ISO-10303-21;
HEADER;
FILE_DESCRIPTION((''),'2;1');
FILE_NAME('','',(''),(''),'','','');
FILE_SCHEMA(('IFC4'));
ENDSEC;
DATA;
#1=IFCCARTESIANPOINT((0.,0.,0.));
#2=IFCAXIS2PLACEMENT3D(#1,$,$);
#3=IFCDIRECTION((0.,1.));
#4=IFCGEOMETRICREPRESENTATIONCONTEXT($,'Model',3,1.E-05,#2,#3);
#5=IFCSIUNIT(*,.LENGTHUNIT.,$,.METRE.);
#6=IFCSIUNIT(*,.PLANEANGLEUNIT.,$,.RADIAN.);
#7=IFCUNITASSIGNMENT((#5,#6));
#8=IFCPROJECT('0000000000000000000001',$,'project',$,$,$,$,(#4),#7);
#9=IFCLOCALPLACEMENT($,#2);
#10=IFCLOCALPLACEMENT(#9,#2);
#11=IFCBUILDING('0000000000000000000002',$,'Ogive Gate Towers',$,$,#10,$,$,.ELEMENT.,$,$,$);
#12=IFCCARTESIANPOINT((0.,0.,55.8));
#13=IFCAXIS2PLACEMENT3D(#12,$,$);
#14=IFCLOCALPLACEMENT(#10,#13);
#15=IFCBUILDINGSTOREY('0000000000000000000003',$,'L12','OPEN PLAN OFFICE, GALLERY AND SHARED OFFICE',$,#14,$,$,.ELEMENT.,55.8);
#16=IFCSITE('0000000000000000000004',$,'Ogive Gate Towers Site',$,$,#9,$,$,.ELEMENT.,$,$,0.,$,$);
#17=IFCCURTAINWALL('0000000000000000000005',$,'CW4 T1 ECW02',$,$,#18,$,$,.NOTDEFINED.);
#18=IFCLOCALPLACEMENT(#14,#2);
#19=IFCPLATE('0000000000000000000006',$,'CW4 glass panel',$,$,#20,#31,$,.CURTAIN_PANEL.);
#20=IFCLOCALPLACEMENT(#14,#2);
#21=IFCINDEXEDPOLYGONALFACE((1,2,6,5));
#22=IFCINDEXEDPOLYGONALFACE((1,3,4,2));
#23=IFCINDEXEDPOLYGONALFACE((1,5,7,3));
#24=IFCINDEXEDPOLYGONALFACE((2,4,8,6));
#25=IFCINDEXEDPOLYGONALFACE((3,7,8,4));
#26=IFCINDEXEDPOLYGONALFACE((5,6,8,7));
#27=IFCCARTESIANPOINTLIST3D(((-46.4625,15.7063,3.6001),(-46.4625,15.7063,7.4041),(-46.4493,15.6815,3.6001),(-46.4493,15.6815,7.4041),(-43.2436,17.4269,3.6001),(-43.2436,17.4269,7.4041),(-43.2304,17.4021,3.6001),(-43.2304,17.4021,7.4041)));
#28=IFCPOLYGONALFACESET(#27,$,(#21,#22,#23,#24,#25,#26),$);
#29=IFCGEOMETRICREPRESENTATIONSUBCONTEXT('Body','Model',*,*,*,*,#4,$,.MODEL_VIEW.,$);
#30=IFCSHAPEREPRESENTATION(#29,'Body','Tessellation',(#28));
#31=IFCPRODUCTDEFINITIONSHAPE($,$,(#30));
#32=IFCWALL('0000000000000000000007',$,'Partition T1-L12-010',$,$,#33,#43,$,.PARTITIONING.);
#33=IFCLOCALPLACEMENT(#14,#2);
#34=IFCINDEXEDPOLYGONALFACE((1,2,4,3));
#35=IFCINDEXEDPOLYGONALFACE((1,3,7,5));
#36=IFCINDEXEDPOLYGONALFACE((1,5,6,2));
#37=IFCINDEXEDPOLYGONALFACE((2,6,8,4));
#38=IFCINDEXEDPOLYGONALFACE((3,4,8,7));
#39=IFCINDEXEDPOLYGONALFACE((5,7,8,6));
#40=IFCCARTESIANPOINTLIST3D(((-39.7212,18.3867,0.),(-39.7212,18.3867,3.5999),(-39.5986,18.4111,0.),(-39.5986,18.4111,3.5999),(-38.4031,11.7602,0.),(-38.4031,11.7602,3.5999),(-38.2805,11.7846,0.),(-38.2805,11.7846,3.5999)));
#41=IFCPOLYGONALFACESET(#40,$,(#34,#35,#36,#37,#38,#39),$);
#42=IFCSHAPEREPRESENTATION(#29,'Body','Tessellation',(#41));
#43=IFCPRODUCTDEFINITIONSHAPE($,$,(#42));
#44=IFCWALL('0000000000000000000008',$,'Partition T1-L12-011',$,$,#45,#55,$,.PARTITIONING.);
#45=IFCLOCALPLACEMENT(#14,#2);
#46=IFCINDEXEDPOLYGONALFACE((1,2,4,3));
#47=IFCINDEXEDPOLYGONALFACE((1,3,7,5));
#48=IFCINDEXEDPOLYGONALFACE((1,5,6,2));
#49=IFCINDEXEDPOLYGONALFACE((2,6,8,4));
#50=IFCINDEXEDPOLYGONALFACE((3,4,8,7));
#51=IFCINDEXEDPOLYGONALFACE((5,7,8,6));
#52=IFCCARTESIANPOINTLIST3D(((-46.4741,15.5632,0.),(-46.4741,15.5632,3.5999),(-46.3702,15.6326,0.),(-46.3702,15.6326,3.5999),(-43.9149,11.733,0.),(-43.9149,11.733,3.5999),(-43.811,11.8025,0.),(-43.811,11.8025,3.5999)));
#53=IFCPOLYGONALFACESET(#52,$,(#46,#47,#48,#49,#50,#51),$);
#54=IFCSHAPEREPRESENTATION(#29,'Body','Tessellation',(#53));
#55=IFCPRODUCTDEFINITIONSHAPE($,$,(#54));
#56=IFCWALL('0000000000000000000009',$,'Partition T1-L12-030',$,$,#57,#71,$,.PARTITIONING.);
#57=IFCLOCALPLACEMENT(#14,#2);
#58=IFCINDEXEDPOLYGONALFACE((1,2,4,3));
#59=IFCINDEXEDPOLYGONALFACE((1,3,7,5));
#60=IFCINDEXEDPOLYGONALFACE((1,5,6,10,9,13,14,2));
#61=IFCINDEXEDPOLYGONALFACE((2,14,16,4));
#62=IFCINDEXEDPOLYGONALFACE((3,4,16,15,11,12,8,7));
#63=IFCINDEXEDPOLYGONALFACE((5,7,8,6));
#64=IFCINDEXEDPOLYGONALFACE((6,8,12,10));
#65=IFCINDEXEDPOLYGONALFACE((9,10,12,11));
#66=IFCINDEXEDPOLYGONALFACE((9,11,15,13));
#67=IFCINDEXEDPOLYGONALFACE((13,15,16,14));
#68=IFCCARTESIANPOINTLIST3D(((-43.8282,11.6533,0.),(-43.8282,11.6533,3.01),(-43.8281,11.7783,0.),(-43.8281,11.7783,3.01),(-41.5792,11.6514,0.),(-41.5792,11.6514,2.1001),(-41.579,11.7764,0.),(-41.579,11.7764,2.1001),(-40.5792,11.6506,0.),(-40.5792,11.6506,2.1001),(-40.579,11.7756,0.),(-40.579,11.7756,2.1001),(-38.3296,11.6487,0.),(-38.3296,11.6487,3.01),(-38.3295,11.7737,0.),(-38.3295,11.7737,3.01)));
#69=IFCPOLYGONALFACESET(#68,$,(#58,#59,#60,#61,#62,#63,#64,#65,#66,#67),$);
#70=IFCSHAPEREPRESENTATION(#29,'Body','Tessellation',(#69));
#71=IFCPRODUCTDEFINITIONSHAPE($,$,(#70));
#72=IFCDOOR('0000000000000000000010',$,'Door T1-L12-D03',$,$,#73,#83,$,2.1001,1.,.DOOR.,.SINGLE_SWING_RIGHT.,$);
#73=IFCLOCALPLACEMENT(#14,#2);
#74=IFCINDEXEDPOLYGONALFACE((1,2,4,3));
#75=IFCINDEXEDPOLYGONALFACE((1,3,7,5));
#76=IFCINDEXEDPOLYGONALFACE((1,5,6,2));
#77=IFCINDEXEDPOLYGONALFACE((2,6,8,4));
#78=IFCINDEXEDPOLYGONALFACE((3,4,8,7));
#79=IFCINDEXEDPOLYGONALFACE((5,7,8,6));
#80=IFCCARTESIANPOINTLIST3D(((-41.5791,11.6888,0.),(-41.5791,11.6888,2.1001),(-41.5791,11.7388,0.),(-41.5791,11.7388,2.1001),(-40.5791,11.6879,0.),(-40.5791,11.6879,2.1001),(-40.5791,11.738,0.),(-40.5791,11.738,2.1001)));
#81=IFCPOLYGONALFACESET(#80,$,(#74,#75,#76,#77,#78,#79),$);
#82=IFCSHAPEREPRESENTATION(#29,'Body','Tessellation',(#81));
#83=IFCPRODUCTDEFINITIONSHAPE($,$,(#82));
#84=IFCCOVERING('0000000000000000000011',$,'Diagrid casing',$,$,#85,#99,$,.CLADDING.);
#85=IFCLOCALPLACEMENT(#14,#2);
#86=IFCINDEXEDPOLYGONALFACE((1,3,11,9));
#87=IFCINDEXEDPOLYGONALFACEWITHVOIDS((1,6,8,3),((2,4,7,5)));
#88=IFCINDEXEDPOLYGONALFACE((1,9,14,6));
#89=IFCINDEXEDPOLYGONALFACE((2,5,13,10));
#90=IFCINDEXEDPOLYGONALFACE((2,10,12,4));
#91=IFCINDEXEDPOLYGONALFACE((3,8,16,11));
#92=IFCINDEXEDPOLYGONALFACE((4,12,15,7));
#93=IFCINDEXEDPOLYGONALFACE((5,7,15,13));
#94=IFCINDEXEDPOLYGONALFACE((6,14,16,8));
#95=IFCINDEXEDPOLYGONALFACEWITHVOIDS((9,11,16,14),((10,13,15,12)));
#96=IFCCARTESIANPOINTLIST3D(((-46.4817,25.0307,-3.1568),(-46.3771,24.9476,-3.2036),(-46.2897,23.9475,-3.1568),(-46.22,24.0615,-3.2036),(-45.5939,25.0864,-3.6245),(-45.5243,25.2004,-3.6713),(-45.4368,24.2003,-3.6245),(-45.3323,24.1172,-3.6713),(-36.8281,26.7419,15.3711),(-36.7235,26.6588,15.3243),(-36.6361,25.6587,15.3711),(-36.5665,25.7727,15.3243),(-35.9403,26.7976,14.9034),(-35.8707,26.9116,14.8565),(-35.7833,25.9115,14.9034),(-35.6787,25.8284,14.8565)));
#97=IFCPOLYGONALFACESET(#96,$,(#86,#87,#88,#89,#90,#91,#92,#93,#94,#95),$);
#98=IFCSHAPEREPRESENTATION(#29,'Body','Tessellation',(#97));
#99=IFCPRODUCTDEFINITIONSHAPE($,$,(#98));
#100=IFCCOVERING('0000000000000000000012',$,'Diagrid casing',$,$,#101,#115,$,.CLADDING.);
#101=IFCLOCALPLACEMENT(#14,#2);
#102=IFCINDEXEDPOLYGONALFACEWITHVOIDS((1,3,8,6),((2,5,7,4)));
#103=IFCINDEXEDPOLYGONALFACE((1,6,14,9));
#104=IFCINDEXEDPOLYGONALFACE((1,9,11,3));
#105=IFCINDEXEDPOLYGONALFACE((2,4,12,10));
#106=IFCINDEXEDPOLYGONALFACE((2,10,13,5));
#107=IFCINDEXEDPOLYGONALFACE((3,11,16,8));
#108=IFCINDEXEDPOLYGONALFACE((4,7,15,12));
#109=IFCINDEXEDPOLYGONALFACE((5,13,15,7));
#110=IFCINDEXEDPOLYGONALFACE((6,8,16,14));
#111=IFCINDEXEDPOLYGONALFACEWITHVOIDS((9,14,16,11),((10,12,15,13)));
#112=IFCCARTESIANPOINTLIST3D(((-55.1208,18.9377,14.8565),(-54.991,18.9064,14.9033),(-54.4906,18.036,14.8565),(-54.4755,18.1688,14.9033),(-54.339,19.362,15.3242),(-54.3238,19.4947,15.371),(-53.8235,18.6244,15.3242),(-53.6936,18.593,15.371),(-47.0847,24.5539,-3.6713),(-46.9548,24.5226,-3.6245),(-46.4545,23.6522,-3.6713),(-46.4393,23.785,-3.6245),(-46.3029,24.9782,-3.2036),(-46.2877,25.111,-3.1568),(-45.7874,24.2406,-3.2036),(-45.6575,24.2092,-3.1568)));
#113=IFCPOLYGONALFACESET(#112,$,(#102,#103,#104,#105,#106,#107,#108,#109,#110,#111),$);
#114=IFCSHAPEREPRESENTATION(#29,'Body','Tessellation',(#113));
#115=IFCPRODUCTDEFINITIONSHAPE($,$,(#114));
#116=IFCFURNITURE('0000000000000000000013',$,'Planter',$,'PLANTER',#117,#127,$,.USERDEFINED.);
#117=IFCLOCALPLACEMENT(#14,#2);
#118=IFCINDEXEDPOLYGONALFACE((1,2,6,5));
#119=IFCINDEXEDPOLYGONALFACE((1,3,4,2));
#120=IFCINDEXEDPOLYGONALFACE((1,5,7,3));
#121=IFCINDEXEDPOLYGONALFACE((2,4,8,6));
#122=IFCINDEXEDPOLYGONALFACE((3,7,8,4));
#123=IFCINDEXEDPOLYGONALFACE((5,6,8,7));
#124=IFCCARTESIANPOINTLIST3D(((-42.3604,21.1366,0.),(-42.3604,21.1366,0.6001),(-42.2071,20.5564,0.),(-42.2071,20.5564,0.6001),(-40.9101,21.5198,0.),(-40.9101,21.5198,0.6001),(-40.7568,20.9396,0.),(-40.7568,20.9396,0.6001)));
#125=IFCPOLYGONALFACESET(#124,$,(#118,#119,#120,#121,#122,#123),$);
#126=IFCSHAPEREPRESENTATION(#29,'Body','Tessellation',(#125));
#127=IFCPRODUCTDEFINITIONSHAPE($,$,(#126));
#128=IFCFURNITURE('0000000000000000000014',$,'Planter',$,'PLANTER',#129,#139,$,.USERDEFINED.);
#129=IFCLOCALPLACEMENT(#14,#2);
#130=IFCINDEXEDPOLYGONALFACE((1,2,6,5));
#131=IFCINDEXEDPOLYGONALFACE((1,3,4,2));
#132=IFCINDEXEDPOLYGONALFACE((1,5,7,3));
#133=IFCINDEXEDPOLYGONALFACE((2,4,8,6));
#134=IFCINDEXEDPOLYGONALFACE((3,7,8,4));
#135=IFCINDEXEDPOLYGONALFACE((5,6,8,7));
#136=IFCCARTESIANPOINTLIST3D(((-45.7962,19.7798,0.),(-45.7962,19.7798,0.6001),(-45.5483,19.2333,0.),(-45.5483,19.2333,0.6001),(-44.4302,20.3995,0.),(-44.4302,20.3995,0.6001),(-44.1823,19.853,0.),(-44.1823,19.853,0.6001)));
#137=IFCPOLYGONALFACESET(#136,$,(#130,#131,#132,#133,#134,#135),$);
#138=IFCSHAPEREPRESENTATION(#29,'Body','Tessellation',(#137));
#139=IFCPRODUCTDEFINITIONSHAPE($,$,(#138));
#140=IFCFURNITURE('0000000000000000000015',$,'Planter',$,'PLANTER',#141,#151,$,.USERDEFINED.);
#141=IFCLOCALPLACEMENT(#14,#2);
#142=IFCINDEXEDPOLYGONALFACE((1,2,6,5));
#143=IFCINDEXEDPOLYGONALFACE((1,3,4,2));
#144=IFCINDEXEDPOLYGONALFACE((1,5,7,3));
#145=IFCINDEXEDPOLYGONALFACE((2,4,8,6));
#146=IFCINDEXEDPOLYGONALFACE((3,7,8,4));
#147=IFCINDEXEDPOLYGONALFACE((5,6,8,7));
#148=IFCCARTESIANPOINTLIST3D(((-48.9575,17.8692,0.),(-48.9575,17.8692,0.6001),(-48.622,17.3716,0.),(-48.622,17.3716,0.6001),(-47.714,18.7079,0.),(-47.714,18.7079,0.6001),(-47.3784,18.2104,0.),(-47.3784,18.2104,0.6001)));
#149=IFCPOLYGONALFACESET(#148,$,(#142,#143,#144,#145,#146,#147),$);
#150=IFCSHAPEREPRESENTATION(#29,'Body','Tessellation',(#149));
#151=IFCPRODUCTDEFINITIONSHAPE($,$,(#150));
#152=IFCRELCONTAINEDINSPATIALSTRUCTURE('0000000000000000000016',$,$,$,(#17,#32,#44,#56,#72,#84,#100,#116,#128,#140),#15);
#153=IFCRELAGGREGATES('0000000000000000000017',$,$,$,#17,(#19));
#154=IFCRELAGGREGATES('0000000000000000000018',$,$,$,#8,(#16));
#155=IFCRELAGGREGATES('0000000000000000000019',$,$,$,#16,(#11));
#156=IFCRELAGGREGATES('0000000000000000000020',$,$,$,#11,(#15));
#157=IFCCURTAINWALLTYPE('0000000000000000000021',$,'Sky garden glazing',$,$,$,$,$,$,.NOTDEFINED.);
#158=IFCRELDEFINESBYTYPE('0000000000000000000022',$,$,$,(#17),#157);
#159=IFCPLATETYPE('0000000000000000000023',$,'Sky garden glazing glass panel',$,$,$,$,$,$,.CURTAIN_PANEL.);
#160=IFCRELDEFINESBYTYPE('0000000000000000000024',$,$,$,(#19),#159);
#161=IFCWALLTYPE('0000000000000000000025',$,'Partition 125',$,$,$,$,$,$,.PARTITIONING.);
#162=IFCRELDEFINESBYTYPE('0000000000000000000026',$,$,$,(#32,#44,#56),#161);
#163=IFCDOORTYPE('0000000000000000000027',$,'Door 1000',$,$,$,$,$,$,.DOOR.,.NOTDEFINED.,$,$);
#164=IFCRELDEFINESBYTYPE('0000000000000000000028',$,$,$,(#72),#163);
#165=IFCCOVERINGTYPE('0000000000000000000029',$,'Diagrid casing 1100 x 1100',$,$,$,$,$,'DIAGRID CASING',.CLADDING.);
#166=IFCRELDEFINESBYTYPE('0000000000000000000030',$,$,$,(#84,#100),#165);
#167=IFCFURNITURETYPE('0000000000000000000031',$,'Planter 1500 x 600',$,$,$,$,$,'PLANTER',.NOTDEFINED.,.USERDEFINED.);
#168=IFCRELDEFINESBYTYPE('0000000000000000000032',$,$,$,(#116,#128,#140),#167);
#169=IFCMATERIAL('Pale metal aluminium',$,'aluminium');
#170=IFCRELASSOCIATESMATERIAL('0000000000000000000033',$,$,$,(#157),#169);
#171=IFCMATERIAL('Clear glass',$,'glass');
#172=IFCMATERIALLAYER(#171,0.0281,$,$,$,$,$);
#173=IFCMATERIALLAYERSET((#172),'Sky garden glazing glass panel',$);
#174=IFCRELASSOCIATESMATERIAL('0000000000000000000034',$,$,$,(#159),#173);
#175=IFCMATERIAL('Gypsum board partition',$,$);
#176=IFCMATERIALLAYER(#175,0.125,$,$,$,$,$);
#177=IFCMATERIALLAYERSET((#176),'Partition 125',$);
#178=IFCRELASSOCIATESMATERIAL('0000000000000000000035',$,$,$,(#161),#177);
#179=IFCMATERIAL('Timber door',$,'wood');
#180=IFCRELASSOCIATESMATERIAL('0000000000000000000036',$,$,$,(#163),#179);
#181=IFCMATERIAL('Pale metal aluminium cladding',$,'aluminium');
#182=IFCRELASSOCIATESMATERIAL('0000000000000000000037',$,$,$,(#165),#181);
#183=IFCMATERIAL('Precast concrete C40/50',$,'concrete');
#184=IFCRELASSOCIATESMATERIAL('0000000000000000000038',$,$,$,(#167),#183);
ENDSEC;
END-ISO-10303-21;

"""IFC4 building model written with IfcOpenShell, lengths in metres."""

from ifc_helpers import new_model, si_unit, direction, frame, frame_2d, origin, origin_2d, place, context, subcontext, project, spatial, rectangle, hollow_rectangle, extrude, material, layer, layer_set, material_profile, profile_set, type_object, element, fill, aggregate, save


model = new_model("IFC4")

# Units and contexts
model_context = context("Model", 3, precision=1e-05, world=origin(), true_north=direction((0.0, 1.0)))
body_context = subcontext(model_context, "Body", "Model", "MODEL_VIEW")
ifc_project = project(units=[si_unit("LENGTHUNIT", "METRE"), si_unit("PLANEANGLEUNIT", "RADIAN")], contexts=[model_context])

# Site, building, storey
site_placement = place(None, origin())
site = spatial("IfcSite", under=ifc_project, at=site_placement, Name="Ogive Gate Towers Site", CompositionType="ELEMENT", RefElevation=0.0)
building_placement = place(site_placement, origin())
building = spatial("IfcBuilding", under=site, at=building_placement, Name="Ogive Gate Towers", CompositionType="ELEMENT")
storey_placement = place(building_placement, frame((0.0, 0.0, 55.8)))
storey = spatial("IfcBuildingStorey", under=building, at=storey_placement, Name="L12", Description="OPEN PLAN OFFICE, GALLERY AND SHARED OFFICE", CompositionType="ELEMENT", Elevation=55.8)

# Curtain wall
ifc_material_1 = material(Name="Pale metal aluminium", Category="aluminium")
curtain_wall_type = type_object("IfcCurtainWallType", Name="Sky garden glazing", PredefinedType="NOTDEFINED", material=ifc_material_1)
curtain_wall_1_placement = place(storey_placement, origin())
curtain_wall_1 = element("IfcCurtainWall", 1, at=curtain_wall_1_placement, inside=storey, type_object=curtain_wall_type, Name="CW4 T1 ECW02", PredefinedType="NOTDEFINED")

# Plate
ifc_material_2 = material(Name="Clear glass", Category="glass")
ifc_layer_1 = layer(ifc_material_2, 0.0281)
ifc_layer_set_1 = layer_set([ifc_layer_1], Name="Sky garden glazing glass panel")
plate_type = type_object("IfcPlateType", Name="Sky garden glazing glass panel", PredefinedType="CURTAIN_PANEL", material=ifc_layer_set_1)
plate_1_placement = place(storey_placement, frame((-44.8464, 16.5542, 3.6001), z_axis=(0.0, 0.0, 1.0), x_axis=(0.881921, 0.471397, 0.0)))
plate_1 = element("IfcPlate", 2, at=plate_1_placement, type_object=plate_type, Name="CW4 glass panel", PredefinedType="CURTAIN_PANEL", context=body_context, shape_type="SweptSolid", body=[
    extrude(rectangle(XDim=3.6499, YDim=0.0281, at=origin_2d()), origin(), (0.0, 0.0, 1.0), 3.804),
])
aggregate(curtain_wall_1, [plate_1])

# Walls
ifc_material_3 = material(Name="Gypsum board partition")
ifc_layer_2 = layer(ifc_material_3, 0.125)
ifc_layer_set_2 = layer_set([ifc_layer_2], Name="Partition 125")
wall_type_1 = type_object("IfcWallType", Name="Partition 125", PredefinedType="PARTITIONING", material=ifc_layer_set_2)
wall_1_placement = place(storey_placement, frame((-39.6599, 18.3989, 0.0), z_axis=(0.0, 0.0, 1.0), x_axis=(0.195095, -0.980784, 0.0)))
element("IfcWall", 3, at=wall_1_placement, inside=storey, type_object=wall_type_1, Name="Partition T1-L12-010", PredefinedType="PARTITIONING", context=body_context, shape_type="SweptSolid", body=[
    extrude(rectangle(XDim=6.7563, YDim=0.125, at=frame_2d((3.3782, 0.0))), origin(), (0.0, 0.0, 1.0), 3.5999),
])
wall_2_placement = place(storey_placement, frame((-46.4221, 15.5979, 0.0), z_axis=(0.0, 0.0, 1.0), x_axis=(0.555556, -0.831479, 0.0)))
element("IfcWall", 4, at=wall_2_placement, inside=storey, type_object=wall_type_1, Name="Partition T1-L12-011", PredefinedType="PARTITIONING", context=body_context, shape_type="SweptSolid", body=[
    extrude(rectangle(XDim=4.6064, YDim=0.125, at=frame_2d((2.3032, 0.0))), origin(), (0.0, 0.0, 1.0), 3.5999),
])

# Wall, opening, door
wall_3_placement = place(storey_placement, frame((-43.8281, 11.7158, 0.0), z_axis=(0.0, 0.0, 1.0), x_axis=(1.0, -0.000844, 0.0)))
wall_3 = element("IfcWall", 5, at=wall_3_placement, inside=storey, type_object=wall_type_1, Name="Partition T1-L12-030", PredefinedType="PARTITIONING", context=body_context, shape_type="SweptSolid", body=[
    extrude(rectangle(XDim=5.4985, YDim=0.125, at=frame_2d((2.7493, 0.0))), origin(), (0.0, 0.0, 1.0), 3.01),
])
opening_1_placement = place(wall_3_placement, frame((2.249, 0.0, 0.0)))
opening_1 = element("IfcOpeningElement", 6, at=opening_1_placement, cuts=wall_3, PredefinedType="OPENING", context=body_context, shape_type="SweptSolid", body=[
    extrude(rectangle(XDim=1.0, YDim=2.1001, at=frame_2d((0.5, 1.05))), frame((0.0, 0.0725, 0.0), z_axis=(0.0, -1.0, 0.0), x_axis=(1.0, 0.0, 0.0)), (0.0, 0.0, 1.0), 0.145),
])
ifc_material_4 = material(Name="Timber door", Category="wood")
door_type_1 = type_object("IfcDoorType", Name="Door 1000", OperationType="NOTDEFINED", PredefinedType="DOOR", material=ifc_material_4)
door_1_placement = place(opening_1_placement, origin())
door_1 = element("IfcDoor", 7, at=door_1_placement, inside=storey, type_object=door_type_1, Name="Door T1-L12-D03", OperationType="SINGLE_SWING_RIGHT", OverallHeight=2.1001, OverallWidth=1.0, PredefinedType="DOOR", context=body_context, shape_type="SweptSolid", body=[
    extrude(rectangle(XDim=1.0, YDim=2.1001, at=frame_2d((0.5, 1.05))), frame((0.0, 0.0249, 0.0), z_axis=(0.0, -1.0, 0.0), x_axis=(1.0, 0.0, 0.0)), (0.0, 0.0, 1.0), 0.05),
])
fill(opening_1, door_1)

# Coverings
ifc_material_5 = material(Name="Pale metal aluminium cladding", Category="aluminium")
ifc_material_profile_1 = material_profile(ifc_material_5, hollow_rectangle(XDim=1.1001, YDim=1.1001, WallThickness=0.1001, at=origin_2d()), Name="1100 x 1100 pale metal casing")
ifc_profile_set_1 = profile_set([ifc_material_profile_1], Name="Pale metal aluminium cladding")
covering_type = type_object("IfcCoveringType", Name="Diagrid casing 1100 x 1100", ElementType="DIAGRID CASING", PredefinedType="CLADDING", material=ifc_profile_set_1)
for number, where, z_axis, x_axis, name in (
    (8, (-45.907, 24.574, -3.4141), (0.46053, 0.081633, 0.883883), (-0.174538, 0.98465, 0.0), "Diagrid casing"),
    (9, (-46.3711, 24.3816, -3.4141), (-0.383368, -0.267925, 0.883881), (0.57284, -0.819667, 0.0), "Diagrid casing"),
):
    element("IfcCovering", number, at=place(storey_placement, frame(where, z_axis=z_axis, x_axis=x_axis)), inside=storey, type_object=covering_type, Name=name, PredefinedType="CLADDING", context=body_context, shape_type="SweptSolid", body=[
        extrude(hollow_rectangle(XDim=1.1001, YDim=1.1001, WallThickness=0.1001, at=origin_2d()), origin(), (0.0, 0.0, 1.0), 20.9619),
    ])

# Furniture
ifc_material_6 = material(Name="Precast concrete C40/50", Category="concrete")
furniture_type = type_object("IfcFurnitureType", Name="Planter 1500 x 600", ElementType="PLANTER", AssemblyPlace="NOTDEFINED", PredefinedType="USERDEFINED", material=ifc_material_6)
for number, where, z_axis, x_axis, name in (
    (10, (-41.5586, 21.0381, 0.0), (0.0, 0.0, 1.0), (-0.966823, -0.255446, 0.0), "Planter"),
    (11, (-44.9893, 19.8164, 0.0), (0.0, 0.0, 1.0), (-0.910684, -0.413104, 0.0), "Planter"),
    (12, (-48.168, 18.0398, 0.0), (0.0, 0.0, 1.0), (-0.829038, -0.559193, 0.0), "Planter"),
):
    element("IfcFurniture", number, at=place(storey_placement, frame(where, z_axis=z_axis, x_axis=x_axis)), inside=storey, type_object=furniture_type, Name=name, ObjectType="PLANTER", PredefinedType="USERDEFINED", context=body_context, shape_type="SweptSolid", body=[
        extrude(rectangle(XDim=1.5, YDim=0.6001, at=origin_2d()), origin(), (0.0, 0.0, 1.0), 0.6001),
    ])

save(model, "model.ifc")
